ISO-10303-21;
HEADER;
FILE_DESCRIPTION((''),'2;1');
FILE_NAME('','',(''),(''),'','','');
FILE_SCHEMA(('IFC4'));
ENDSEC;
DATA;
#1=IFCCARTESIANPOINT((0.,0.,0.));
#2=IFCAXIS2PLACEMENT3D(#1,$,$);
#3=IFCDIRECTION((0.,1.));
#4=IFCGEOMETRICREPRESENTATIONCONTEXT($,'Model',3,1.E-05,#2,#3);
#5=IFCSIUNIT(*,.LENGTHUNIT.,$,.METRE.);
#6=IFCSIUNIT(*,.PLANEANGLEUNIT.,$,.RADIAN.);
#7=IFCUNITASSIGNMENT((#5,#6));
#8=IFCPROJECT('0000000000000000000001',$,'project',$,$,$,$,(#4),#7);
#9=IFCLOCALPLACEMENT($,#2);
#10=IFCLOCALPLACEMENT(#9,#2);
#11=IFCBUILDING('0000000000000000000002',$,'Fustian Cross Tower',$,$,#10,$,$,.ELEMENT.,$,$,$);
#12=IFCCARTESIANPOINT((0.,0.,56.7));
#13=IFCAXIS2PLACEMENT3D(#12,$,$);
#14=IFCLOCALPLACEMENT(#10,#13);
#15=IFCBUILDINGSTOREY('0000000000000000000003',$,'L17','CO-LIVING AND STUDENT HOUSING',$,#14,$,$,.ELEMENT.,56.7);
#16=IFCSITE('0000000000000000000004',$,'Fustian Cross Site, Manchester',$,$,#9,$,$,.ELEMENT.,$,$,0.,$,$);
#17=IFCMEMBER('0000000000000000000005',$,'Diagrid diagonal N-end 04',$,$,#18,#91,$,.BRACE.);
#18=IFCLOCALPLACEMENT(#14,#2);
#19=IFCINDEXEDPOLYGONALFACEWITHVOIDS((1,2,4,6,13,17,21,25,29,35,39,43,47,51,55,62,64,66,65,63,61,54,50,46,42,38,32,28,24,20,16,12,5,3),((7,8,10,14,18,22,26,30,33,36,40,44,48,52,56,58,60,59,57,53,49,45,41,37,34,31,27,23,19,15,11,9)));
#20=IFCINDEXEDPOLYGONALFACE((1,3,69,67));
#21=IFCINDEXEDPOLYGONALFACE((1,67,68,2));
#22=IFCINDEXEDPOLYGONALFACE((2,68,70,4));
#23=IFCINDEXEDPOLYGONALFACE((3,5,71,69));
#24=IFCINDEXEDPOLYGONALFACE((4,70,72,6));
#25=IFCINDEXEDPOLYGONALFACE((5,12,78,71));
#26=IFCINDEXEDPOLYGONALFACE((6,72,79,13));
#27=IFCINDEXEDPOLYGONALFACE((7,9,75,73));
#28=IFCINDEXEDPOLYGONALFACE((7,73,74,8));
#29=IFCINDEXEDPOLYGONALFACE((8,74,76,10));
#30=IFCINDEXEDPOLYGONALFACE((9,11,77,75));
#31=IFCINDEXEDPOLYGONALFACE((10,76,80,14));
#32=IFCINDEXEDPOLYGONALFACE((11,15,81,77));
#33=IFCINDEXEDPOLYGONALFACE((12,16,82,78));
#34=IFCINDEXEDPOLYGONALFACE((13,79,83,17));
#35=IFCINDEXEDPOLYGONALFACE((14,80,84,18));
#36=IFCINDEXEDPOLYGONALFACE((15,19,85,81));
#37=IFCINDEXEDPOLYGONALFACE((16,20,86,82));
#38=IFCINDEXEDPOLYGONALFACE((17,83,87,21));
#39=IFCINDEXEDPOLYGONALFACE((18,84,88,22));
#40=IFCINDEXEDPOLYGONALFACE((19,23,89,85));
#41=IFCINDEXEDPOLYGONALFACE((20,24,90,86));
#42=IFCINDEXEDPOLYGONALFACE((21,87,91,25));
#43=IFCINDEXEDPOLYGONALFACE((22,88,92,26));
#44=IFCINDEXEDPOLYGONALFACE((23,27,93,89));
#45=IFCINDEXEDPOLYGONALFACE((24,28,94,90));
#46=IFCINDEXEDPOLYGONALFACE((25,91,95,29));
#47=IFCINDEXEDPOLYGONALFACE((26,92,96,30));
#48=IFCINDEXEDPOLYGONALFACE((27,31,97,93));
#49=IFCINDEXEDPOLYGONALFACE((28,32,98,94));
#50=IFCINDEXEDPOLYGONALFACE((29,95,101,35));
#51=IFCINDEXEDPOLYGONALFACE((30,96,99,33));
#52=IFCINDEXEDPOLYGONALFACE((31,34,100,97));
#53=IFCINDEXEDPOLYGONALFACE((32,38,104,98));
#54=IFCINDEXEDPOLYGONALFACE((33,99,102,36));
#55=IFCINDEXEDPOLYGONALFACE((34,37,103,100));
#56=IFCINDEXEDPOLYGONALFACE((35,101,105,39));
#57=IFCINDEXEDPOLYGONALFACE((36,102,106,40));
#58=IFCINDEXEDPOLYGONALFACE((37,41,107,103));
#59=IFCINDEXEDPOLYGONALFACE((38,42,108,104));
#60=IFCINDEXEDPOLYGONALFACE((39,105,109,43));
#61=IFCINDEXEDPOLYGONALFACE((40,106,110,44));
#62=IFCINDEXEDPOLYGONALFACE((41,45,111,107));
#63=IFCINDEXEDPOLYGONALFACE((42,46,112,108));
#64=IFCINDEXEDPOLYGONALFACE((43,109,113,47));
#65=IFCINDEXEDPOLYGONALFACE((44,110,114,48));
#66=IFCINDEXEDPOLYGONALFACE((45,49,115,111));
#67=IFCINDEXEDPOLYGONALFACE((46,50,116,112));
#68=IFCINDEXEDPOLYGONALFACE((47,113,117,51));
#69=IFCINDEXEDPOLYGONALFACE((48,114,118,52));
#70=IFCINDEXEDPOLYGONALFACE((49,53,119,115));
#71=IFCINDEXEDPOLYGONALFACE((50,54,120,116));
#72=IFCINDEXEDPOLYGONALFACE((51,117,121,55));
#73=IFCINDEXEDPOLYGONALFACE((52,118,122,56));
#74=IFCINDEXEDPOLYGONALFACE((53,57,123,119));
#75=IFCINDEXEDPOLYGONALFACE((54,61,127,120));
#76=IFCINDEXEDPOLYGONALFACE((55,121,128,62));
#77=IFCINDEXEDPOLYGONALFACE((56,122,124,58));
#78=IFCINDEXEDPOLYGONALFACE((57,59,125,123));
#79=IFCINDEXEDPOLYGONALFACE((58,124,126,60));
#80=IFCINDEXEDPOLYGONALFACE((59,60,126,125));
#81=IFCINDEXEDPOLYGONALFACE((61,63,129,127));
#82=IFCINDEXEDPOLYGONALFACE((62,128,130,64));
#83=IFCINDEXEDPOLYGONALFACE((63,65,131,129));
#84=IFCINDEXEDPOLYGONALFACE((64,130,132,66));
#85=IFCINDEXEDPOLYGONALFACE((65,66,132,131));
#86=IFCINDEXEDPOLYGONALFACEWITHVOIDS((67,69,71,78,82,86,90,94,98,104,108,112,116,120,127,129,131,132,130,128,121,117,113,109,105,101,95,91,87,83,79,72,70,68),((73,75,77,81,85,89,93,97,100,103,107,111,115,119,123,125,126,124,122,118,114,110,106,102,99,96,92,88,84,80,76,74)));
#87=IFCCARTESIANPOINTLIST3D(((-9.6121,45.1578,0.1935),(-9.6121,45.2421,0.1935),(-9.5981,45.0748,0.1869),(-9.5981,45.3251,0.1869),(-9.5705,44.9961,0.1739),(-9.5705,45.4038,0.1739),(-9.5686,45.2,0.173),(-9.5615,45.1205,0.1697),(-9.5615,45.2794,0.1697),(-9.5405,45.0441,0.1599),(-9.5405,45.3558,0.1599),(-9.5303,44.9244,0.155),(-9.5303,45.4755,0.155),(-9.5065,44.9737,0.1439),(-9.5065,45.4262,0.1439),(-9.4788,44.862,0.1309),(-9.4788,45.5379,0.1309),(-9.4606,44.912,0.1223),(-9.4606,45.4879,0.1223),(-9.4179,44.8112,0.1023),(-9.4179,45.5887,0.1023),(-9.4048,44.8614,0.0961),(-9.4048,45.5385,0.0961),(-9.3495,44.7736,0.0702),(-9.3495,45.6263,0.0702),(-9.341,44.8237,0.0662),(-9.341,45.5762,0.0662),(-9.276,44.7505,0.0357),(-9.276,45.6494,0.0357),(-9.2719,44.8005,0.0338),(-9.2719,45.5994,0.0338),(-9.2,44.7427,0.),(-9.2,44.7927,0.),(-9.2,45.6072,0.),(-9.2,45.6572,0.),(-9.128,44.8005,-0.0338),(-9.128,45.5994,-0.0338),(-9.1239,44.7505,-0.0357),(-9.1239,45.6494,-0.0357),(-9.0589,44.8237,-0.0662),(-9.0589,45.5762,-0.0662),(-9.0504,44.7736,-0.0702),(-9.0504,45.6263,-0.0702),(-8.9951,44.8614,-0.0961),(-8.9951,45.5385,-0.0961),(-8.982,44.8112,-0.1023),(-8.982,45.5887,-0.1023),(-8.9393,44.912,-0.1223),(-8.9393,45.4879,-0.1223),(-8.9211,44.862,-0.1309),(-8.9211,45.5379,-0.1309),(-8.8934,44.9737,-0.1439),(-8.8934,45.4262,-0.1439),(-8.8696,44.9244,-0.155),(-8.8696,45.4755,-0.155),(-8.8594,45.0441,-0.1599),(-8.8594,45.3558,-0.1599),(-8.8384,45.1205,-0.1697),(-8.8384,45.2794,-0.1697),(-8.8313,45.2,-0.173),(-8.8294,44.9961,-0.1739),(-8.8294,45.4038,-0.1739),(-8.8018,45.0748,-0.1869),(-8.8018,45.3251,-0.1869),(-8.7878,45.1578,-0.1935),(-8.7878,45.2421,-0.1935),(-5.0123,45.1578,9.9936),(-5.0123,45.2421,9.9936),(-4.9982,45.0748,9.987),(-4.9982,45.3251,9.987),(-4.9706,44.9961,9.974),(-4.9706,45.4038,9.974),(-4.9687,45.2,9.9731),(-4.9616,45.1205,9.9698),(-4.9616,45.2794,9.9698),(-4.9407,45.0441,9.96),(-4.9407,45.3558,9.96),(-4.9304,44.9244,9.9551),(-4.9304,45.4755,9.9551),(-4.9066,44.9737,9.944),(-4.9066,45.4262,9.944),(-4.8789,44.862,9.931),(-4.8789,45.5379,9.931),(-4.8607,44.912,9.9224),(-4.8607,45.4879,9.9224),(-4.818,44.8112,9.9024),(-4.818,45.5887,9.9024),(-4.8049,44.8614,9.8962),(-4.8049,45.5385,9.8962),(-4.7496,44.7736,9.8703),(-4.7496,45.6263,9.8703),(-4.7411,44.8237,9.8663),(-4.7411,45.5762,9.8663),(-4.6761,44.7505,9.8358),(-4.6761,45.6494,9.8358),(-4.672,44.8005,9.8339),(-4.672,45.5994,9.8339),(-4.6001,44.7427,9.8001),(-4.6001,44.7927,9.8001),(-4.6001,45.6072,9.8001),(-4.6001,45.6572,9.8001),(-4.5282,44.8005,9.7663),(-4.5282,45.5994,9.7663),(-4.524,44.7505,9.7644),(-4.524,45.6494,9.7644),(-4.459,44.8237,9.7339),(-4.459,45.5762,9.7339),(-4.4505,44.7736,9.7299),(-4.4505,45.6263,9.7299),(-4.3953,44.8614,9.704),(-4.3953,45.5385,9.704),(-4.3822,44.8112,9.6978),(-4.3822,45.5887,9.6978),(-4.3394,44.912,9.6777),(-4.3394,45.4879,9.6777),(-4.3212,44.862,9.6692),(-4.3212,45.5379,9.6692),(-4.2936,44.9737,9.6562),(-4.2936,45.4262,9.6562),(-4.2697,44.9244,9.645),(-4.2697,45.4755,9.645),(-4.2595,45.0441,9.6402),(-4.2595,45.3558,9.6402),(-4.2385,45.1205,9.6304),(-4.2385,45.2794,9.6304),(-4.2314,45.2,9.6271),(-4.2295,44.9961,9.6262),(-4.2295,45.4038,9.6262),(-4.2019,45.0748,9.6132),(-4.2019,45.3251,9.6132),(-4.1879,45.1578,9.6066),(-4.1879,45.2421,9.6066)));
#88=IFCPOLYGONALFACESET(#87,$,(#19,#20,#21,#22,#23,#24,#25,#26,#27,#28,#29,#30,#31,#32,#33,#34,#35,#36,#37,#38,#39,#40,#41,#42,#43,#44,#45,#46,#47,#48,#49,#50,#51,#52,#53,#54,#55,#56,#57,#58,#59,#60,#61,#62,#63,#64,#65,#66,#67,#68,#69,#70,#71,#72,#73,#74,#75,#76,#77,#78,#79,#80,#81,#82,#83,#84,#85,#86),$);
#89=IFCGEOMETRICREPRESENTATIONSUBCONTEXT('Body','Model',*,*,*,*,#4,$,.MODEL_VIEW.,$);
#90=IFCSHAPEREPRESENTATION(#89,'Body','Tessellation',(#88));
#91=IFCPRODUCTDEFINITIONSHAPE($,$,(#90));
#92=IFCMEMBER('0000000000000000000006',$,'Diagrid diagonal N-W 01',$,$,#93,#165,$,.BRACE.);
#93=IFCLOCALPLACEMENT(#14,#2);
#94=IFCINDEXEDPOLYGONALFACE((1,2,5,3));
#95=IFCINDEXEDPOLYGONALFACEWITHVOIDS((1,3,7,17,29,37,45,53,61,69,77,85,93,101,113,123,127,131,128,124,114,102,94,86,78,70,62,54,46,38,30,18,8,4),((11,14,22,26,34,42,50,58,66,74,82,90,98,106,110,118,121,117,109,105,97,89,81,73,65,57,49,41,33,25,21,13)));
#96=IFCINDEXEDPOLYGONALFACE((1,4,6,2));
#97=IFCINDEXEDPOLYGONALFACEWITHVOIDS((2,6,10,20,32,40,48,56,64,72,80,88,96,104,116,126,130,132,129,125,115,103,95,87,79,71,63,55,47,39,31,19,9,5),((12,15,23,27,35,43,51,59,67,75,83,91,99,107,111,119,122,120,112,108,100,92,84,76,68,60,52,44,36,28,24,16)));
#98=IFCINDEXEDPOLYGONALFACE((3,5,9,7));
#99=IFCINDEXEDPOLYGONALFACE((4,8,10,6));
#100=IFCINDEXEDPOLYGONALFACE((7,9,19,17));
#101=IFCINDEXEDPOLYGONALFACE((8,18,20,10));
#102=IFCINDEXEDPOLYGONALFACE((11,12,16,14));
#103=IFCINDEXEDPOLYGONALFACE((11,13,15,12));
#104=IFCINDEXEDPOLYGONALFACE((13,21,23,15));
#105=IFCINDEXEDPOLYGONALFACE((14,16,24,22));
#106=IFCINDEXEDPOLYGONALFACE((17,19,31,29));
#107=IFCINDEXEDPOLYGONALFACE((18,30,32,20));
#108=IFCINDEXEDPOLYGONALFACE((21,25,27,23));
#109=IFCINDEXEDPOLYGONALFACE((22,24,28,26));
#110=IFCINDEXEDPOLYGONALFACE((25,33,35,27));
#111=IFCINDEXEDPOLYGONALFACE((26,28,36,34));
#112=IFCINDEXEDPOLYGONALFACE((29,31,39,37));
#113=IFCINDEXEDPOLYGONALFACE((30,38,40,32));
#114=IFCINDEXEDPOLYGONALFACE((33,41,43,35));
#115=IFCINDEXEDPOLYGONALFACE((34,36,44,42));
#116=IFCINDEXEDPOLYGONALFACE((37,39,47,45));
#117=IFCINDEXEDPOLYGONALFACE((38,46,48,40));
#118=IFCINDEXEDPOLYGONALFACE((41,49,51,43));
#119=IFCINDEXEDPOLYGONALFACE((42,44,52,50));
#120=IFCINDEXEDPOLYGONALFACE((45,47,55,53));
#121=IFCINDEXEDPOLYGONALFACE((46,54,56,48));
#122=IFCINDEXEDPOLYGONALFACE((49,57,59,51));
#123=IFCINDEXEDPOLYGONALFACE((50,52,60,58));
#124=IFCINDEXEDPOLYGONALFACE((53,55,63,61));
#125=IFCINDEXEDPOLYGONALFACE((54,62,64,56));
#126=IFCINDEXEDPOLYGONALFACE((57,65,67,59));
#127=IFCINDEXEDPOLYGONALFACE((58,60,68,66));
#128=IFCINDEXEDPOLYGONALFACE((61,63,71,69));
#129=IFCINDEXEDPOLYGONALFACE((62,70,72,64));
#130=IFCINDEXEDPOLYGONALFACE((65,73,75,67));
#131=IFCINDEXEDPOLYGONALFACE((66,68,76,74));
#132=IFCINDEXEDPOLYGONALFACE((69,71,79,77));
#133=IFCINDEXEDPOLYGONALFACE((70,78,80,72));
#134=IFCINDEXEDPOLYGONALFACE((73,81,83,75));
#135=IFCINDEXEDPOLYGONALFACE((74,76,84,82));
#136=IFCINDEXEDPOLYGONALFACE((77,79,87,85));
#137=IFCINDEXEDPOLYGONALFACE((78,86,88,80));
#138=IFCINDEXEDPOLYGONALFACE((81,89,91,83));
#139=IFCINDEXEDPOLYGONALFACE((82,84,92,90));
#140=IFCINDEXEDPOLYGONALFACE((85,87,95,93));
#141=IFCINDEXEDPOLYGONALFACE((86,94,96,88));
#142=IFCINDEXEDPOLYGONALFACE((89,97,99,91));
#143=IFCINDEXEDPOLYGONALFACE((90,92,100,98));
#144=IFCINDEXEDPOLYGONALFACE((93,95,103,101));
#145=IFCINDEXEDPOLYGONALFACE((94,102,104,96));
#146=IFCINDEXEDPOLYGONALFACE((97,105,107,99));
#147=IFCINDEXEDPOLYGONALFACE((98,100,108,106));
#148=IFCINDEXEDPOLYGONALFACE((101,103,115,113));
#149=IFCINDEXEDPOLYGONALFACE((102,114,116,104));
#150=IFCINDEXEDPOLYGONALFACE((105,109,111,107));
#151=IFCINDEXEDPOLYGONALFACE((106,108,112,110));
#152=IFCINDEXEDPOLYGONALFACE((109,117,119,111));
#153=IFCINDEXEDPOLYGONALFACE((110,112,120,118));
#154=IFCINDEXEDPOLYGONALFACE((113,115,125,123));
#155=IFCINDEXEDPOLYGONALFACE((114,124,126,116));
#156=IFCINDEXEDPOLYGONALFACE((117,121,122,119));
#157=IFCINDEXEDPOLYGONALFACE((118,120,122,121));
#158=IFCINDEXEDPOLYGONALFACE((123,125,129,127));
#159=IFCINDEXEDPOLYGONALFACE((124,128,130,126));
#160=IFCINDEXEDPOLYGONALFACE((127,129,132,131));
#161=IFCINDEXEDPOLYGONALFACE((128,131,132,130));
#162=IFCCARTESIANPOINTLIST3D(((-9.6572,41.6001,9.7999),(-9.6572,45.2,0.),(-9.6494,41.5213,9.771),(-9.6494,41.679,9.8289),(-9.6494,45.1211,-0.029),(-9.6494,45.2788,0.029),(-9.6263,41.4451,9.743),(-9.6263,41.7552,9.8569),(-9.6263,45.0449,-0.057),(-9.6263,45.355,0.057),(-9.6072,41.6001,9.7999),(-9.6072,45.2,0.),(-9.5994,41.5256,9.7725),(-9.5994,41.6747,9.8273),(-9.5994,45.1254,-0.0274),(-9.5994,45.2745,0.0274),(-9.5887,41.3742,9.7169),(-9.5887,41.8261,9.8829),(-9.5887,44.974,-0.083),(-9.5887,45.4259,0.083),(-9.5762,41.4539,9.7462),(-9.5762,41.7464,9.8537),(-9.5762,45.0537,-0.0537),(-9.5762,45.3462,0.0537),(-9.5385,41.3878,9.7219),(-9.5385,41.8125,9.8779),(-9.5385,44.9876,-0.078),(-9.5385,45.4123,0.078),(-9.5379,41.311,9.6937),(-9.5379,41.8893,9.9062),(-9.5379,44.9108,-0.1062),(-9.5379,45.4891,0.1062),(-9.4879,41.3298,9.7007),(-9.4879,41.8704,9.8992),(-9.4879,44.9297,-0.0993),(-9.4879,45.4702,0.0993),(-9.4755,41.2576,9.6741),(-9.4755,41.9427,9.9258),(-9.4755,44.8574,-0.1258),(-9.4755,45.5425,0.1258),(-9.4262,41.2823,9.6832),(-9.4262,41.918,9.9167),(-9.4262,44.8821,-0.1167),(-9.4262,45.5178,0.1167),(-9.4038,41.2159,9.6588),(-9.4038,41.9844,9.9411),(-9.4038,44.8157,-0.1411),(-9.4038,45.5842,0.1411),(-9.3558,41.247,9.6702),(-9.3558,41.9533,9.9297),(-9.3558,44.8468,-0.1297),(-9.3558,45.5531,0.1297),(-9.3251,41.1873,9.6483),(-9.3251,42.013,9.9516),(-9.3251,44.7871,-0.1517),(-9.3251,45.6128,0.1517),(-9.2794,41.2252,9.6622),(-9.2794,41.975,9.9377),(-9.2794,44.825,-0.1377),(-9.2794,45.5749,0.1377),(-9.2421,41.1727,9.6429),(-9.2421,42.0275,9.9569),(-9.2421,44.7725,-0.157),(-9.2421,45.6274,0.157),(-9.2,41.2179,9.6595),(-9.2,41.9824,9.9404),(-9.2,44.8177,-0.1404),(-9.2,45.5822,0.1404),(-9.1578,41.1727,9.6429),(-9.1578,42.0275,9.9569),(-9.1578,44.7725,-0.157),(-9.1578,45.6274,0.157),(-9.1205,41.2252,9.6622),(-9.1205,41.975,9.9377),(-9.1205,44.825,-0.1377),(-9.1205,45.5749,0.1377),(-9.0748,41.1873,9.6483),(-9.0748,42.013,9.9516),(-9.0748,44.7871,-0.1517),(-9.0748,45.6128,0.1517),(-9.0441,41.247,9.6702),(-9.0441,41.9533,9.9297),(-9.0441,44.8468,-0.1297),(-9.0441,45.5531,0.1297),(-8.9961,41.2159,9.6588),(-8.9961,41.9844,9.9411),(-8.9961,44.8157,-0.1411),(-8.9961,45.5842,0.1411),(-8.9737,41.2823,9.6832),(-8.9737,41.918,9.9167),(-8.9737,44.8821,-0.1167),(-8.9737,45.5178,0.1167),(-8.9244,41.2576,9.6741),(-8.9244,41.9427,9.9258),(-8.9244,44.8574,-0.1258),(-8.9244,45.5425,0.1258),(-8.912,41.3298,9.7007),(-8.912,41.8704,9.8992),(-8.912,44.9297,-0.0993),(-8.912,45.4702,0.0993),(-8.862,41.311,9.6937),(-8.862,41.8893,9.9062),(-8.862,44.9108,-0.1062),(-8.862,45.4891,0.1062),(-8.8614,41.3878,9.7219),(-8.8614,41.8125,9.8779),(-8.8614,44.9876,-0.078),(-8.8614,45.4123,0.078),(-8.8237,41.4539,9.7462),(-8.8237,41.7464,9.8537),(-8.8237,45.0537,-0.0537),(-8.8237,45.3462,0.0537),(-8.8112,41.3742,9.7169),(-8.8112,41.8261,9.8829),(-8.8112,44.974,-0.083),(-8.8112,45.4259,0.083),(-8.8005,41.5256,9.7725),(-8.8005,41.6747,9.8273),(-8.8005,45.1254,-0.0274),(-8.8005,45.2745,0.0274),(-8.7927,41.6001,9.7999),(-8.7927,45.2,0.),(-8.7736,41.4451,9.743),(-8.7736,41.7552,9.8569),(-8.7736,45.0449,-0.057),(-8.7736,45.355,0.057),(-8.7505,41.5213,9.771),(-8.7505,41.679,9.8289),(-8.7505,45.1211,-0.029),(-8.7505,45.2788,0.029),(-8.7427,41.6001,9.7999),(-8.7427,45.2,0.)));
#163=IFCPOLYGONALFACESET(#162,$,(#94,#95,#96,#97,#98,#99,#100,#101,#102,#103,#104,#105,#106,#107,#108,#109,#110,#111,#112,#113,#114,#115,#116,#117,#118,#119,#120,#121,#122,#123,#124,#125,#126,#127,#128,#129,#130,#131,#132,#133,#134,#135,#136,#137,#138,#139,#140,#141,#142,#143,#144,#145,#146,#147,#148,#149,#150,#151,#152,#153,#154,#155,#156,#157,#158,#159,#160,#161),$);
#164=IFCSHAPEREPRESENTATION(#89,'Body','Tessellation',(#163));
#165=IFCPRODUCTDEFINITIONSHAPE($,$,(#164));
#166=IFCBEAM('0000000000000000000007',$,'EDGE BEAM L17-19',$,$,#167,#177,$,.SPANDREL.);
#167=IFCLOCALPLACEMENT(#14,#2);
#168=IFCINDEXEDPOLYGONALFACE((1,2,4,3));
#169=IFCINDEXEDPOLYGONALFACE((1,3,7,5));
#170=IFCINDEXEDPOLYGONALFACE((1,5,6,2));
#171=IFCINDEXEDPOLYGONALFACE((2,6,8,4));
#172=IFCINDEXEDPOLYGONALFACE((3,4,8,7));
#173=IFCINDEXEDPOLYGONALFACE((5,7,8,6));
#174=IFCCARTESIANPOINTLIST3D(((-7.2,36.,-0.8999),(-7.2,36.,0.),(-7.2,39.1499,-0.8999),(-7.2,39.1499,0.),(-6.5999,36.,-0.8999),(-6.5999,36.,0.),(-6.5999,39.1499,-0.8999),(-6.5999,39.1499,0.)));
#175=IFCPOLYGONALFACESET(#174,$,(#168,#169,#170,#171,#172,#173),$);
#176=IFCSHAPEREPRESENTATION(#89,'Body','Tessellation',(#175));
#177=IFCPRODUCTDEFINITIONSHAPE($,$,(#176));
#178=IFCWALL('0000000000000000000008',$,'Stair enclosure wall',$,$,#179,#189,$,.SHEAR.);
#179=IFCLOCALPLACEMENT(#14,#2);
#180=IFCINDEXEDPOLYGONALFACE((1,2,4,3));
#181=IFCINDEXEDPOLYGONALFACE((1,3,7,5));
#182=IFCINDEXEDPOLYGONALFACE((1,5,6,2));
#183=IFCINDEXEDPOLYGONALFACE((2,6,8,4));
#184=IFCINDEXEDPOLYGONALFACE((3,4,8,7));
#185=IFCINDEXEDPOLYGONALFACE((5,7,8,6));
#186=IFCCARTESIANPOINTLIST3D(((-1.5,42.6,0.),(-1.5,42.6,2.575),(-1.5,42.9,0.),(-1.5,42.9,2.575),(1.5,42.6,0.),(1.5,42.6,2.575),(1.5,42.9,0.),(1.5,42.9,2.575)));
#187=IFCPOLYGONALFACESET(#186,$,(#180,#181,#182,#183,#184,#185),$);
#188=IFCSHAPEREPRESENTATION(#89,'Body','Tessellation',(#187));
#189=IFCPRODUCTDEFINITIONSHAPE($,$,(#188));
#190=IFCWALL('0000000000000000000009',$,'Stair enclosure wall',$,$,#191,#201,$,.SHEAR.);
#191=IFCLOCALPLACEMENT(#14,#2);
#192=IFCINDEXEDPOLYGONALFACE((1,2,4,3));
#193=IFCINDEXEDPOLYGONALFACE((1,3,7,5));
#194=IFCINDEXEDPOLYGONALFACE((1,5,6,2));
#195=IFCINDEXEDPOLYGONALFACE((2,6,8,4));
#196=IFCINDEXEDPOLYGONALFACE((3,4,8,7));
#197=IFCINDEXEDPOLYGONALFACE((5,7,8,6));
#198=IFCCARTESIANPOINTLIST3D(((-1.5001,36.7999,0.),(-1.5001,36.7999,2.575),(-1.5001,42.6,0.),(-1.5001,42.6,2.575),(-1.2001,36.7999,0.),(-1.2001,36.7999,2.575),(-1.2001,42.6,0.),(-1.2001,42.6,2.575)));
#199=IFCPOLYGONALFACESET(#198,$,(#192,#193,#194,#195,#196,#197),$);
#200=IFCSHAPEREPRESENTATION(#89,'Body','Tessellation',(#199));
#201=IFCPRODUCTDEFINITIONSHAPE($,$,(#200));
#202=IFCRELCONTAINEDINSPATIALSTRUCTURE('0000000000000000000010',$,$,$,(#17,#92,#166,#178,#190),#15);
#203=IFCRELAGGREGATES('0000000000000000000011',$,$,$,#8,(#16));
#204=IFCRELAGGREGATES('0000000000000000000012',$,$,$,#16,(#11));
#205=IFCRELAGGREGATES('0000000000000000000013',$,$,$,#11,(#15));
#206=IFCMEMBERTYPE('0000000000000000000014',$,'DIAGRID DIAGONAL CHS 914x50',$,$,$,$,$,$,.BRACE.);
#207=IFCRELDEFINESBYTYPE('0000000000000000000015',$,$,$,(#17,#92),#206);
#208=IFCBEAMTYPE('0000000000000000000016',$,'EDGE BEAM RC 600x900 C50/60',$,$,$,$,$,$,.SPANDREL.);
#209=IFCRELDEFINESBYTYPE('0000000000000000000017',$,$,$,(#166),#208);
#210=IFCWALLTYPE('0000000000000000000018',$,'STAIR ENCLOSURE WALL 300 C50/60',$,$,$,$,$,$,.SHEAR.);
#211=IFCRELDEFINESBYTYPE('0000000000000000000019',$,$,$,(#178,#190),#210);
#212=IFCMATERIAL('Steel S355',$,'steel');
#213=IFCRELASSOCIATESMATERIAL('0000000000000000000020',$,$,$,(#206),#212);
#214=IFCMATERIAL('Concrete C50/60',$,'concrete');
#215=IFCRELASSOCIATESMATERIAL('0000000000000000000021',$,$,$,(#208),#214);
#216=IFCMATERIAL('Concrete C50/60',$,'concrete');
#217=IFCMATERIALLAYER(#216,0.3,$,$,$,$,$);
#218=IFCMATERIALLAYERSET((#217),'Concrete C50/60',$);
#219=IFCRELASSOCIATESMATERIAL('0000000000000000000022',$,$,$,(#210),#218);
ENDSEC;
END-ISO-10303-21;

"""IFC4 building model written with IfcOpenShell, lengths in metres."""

from ifc_helpers import new_model, si_unit, direction, frame, frame_2d, origin, origin_2d, place, context, subcontext, project, spatial, rectangle, hollow_circle, extrude, material, layer, layer_set, material_profile, profile_set, type_object, element, save


model = new_model("IFC4")

# Units and contexts
model_context = context("Model", 3, precision=1e-05, world=origin(), true_north=direction((0.0, 1.0)))
body_context = subcontext(model_context, "Body", "Model", "MODEL_VIEW")
ifc_project = project(units=[si_unit("LENGTHUNIT", "METRE"), si_unit("PLANEANGLEUNIT", "RADIAN")], contexts=[model_context])

# Site, building, storey
site_placement = place(None, origin())
site = spatial("IfcSite", under=ifc_project, at=site_placement, Name="Fustian Cross Site, Manchester", CompositionType="ELEMENT", RefElevation=0.0)
building_placement = place(site_placement, origin())
building = spatial("IfcBuilding", under=site, at=building_placement, Name="Fustian Cross Tower", CompositionType="ELEMENT")
storey_placement = place(building_placement, frame((0.0, 0.0, 56.7)))
storey = spatial("IfcBuildingStorey", under=building, at=storey_placement, Name="L17", Description="CO-LIVING AND STUDENT HOUSING", CompositionType="ELEMENT", Elevation=56.7)

# Members
ifc_material_1 = material(Name="Steel S355", Category="steel")
ifc_material_profile_1 = material_profile(ifc_material_1, hollow_circle(Radius=0.4573, WallThickness=0.05, at=origin_2d()), Name="CHS 914x50")
ifc_profile_set_1 = profile_set([ifc_material_profile_1], Name="Steel S355")
member_type_1 = type_object("IfcMemberType", Name="DIAGRID DIAGONAL CHS 914x50", PredefinedType="BRACE", material=ifc_profile_set_1)
member_1_placement = place(storey_placement, frame((-9.2, 45.2, 0.0), z_axis=(0.424894, 0.0, 0.905243), x_axis=(0.0, 1.0, 0.0)))
element("IfcMember", 1, at=member_1_placement, inside=storey, type_object=member_type_1, Name="Diagrid diagonal N-end 04", PredefinedType="BRACE", context=body_context, shape_type="SweptSolid", body=[
    extrude(hollow_circle(Radius=0.4573, WallThickness=0.05, at=origin_2d()), origin(), (0.0, 0.0, 1.0), 10.8259),
])
member_2_placement = place(storey_placement, frame((-9.2, 45.2, 0.0), z_axis=(0.0, -0.344804, 0.938675), x_axis=(1.0, 0.0, 0.0)))
element("IfcMember", 2, at=member_2_placement, inside=storey, type_object=member_type_1, Name="Diagrid diagonal N-W 01", PredefinedType="BRACE", context=body_context, shape_type="SweptSolid", body=[
    extrude(hollow_circle(Radius=0.4573, WallThickness=0.05, at=origin_2d()), origin(), (0.0, 0.0, 1.0), 10.4402),
])

# Beam
ifc_material_2 = material(Name="Concrete C50/60", Category="concrete")
ifc_material_profile_2 = material_profile(ifc_material_2, rectangle(XDim=0.6001, YDim=0.8999, at=origin_2d()), Name="RC 600x900")
ifc_profile_set_2 = profile_set([ifc_material_profile_2], Name="Concrete C50/60")
beam_type = type_object("IfcBeamType", Name="EDGE BEAM RC 600x900 C50/60", PredefinedType="SPANDREL", material=ifc_profile_set_2)
beam_placement = place(storey_placement, frame((-6.8999, 39.1499, -0.45), z_axis=(0.0, -1.0, 0.0), x_axis=(1.0, 0.0, 0.0)))
element("IfcBeam", 3, at=beam_placement, inside=storey, type_object=beam_type, Name="EDGE BEAM L17-19", PredefinedType="SPANDREL", context=body_context, shape_type="SweptSolid", body=[
    extrude(rectangle(XDim=0.6001, YDim=0.8999, at=origin_2d()), origin(), (0.0, 0.0, 1.0), 3.1499),
])

# Walls
ifc_material_3 = material(Name="Concrete C50/60", Category="concrete")
ifc_layer_1 = layer(ifc_material_3, 0.3)
ifc_layer_set_1 = layer_set([ifc_layer_1], Name="Concrete C50/60")
wall_type_1 = type_object("IfcWallType", Name="STAIR ENCLOSURE WALL 300 C50/60", PredefinedType="SHEAR", material=ifc_layer_set_1)
wall_1_placement = place(storey_placement, frame((-1.5, 42.75, 0.0), z_axis=(0.0, 0.0, 1.0), x_axis=(1.0, 0.0, 0.0)))
element("IfcWall", 4, at=wall_1_placement, inside=storey, type_object=wall_type_1, Name="Stair enclosure wall", PredefinedType="SHEAR", context=body_context, shape_type="SweptSolid", body=[
    extrude(rectangle(XDim=3.0, YDim=0.3, at=frame_2d((1.5, 0.0))), origin(), (0.0, 0.0, 1.0), 2.575),
])
wall_2_placement = place(storey_placement, frame((-1.3501, 36.8, 0.0), z_axis=(0.0, 0.0, 1.0), x_axis=(0.0, 1.0, 0.0)))
element("IfcWall", 5, at=wall_2_placement, inside=storey, type_object=wall_type_1, Name="Stair enclosure wall", PredefinedType="SHEAR", context=body_context, shape_type="SweptSolid", body=[
    extrude(rectangle(XDim=5.8, YDim=0.3, at=frame_2d((2.8999, 0.0))), origin(), (0.0, 0.0, 1.0), 2.575),
])

save(model, "model.ifc")
